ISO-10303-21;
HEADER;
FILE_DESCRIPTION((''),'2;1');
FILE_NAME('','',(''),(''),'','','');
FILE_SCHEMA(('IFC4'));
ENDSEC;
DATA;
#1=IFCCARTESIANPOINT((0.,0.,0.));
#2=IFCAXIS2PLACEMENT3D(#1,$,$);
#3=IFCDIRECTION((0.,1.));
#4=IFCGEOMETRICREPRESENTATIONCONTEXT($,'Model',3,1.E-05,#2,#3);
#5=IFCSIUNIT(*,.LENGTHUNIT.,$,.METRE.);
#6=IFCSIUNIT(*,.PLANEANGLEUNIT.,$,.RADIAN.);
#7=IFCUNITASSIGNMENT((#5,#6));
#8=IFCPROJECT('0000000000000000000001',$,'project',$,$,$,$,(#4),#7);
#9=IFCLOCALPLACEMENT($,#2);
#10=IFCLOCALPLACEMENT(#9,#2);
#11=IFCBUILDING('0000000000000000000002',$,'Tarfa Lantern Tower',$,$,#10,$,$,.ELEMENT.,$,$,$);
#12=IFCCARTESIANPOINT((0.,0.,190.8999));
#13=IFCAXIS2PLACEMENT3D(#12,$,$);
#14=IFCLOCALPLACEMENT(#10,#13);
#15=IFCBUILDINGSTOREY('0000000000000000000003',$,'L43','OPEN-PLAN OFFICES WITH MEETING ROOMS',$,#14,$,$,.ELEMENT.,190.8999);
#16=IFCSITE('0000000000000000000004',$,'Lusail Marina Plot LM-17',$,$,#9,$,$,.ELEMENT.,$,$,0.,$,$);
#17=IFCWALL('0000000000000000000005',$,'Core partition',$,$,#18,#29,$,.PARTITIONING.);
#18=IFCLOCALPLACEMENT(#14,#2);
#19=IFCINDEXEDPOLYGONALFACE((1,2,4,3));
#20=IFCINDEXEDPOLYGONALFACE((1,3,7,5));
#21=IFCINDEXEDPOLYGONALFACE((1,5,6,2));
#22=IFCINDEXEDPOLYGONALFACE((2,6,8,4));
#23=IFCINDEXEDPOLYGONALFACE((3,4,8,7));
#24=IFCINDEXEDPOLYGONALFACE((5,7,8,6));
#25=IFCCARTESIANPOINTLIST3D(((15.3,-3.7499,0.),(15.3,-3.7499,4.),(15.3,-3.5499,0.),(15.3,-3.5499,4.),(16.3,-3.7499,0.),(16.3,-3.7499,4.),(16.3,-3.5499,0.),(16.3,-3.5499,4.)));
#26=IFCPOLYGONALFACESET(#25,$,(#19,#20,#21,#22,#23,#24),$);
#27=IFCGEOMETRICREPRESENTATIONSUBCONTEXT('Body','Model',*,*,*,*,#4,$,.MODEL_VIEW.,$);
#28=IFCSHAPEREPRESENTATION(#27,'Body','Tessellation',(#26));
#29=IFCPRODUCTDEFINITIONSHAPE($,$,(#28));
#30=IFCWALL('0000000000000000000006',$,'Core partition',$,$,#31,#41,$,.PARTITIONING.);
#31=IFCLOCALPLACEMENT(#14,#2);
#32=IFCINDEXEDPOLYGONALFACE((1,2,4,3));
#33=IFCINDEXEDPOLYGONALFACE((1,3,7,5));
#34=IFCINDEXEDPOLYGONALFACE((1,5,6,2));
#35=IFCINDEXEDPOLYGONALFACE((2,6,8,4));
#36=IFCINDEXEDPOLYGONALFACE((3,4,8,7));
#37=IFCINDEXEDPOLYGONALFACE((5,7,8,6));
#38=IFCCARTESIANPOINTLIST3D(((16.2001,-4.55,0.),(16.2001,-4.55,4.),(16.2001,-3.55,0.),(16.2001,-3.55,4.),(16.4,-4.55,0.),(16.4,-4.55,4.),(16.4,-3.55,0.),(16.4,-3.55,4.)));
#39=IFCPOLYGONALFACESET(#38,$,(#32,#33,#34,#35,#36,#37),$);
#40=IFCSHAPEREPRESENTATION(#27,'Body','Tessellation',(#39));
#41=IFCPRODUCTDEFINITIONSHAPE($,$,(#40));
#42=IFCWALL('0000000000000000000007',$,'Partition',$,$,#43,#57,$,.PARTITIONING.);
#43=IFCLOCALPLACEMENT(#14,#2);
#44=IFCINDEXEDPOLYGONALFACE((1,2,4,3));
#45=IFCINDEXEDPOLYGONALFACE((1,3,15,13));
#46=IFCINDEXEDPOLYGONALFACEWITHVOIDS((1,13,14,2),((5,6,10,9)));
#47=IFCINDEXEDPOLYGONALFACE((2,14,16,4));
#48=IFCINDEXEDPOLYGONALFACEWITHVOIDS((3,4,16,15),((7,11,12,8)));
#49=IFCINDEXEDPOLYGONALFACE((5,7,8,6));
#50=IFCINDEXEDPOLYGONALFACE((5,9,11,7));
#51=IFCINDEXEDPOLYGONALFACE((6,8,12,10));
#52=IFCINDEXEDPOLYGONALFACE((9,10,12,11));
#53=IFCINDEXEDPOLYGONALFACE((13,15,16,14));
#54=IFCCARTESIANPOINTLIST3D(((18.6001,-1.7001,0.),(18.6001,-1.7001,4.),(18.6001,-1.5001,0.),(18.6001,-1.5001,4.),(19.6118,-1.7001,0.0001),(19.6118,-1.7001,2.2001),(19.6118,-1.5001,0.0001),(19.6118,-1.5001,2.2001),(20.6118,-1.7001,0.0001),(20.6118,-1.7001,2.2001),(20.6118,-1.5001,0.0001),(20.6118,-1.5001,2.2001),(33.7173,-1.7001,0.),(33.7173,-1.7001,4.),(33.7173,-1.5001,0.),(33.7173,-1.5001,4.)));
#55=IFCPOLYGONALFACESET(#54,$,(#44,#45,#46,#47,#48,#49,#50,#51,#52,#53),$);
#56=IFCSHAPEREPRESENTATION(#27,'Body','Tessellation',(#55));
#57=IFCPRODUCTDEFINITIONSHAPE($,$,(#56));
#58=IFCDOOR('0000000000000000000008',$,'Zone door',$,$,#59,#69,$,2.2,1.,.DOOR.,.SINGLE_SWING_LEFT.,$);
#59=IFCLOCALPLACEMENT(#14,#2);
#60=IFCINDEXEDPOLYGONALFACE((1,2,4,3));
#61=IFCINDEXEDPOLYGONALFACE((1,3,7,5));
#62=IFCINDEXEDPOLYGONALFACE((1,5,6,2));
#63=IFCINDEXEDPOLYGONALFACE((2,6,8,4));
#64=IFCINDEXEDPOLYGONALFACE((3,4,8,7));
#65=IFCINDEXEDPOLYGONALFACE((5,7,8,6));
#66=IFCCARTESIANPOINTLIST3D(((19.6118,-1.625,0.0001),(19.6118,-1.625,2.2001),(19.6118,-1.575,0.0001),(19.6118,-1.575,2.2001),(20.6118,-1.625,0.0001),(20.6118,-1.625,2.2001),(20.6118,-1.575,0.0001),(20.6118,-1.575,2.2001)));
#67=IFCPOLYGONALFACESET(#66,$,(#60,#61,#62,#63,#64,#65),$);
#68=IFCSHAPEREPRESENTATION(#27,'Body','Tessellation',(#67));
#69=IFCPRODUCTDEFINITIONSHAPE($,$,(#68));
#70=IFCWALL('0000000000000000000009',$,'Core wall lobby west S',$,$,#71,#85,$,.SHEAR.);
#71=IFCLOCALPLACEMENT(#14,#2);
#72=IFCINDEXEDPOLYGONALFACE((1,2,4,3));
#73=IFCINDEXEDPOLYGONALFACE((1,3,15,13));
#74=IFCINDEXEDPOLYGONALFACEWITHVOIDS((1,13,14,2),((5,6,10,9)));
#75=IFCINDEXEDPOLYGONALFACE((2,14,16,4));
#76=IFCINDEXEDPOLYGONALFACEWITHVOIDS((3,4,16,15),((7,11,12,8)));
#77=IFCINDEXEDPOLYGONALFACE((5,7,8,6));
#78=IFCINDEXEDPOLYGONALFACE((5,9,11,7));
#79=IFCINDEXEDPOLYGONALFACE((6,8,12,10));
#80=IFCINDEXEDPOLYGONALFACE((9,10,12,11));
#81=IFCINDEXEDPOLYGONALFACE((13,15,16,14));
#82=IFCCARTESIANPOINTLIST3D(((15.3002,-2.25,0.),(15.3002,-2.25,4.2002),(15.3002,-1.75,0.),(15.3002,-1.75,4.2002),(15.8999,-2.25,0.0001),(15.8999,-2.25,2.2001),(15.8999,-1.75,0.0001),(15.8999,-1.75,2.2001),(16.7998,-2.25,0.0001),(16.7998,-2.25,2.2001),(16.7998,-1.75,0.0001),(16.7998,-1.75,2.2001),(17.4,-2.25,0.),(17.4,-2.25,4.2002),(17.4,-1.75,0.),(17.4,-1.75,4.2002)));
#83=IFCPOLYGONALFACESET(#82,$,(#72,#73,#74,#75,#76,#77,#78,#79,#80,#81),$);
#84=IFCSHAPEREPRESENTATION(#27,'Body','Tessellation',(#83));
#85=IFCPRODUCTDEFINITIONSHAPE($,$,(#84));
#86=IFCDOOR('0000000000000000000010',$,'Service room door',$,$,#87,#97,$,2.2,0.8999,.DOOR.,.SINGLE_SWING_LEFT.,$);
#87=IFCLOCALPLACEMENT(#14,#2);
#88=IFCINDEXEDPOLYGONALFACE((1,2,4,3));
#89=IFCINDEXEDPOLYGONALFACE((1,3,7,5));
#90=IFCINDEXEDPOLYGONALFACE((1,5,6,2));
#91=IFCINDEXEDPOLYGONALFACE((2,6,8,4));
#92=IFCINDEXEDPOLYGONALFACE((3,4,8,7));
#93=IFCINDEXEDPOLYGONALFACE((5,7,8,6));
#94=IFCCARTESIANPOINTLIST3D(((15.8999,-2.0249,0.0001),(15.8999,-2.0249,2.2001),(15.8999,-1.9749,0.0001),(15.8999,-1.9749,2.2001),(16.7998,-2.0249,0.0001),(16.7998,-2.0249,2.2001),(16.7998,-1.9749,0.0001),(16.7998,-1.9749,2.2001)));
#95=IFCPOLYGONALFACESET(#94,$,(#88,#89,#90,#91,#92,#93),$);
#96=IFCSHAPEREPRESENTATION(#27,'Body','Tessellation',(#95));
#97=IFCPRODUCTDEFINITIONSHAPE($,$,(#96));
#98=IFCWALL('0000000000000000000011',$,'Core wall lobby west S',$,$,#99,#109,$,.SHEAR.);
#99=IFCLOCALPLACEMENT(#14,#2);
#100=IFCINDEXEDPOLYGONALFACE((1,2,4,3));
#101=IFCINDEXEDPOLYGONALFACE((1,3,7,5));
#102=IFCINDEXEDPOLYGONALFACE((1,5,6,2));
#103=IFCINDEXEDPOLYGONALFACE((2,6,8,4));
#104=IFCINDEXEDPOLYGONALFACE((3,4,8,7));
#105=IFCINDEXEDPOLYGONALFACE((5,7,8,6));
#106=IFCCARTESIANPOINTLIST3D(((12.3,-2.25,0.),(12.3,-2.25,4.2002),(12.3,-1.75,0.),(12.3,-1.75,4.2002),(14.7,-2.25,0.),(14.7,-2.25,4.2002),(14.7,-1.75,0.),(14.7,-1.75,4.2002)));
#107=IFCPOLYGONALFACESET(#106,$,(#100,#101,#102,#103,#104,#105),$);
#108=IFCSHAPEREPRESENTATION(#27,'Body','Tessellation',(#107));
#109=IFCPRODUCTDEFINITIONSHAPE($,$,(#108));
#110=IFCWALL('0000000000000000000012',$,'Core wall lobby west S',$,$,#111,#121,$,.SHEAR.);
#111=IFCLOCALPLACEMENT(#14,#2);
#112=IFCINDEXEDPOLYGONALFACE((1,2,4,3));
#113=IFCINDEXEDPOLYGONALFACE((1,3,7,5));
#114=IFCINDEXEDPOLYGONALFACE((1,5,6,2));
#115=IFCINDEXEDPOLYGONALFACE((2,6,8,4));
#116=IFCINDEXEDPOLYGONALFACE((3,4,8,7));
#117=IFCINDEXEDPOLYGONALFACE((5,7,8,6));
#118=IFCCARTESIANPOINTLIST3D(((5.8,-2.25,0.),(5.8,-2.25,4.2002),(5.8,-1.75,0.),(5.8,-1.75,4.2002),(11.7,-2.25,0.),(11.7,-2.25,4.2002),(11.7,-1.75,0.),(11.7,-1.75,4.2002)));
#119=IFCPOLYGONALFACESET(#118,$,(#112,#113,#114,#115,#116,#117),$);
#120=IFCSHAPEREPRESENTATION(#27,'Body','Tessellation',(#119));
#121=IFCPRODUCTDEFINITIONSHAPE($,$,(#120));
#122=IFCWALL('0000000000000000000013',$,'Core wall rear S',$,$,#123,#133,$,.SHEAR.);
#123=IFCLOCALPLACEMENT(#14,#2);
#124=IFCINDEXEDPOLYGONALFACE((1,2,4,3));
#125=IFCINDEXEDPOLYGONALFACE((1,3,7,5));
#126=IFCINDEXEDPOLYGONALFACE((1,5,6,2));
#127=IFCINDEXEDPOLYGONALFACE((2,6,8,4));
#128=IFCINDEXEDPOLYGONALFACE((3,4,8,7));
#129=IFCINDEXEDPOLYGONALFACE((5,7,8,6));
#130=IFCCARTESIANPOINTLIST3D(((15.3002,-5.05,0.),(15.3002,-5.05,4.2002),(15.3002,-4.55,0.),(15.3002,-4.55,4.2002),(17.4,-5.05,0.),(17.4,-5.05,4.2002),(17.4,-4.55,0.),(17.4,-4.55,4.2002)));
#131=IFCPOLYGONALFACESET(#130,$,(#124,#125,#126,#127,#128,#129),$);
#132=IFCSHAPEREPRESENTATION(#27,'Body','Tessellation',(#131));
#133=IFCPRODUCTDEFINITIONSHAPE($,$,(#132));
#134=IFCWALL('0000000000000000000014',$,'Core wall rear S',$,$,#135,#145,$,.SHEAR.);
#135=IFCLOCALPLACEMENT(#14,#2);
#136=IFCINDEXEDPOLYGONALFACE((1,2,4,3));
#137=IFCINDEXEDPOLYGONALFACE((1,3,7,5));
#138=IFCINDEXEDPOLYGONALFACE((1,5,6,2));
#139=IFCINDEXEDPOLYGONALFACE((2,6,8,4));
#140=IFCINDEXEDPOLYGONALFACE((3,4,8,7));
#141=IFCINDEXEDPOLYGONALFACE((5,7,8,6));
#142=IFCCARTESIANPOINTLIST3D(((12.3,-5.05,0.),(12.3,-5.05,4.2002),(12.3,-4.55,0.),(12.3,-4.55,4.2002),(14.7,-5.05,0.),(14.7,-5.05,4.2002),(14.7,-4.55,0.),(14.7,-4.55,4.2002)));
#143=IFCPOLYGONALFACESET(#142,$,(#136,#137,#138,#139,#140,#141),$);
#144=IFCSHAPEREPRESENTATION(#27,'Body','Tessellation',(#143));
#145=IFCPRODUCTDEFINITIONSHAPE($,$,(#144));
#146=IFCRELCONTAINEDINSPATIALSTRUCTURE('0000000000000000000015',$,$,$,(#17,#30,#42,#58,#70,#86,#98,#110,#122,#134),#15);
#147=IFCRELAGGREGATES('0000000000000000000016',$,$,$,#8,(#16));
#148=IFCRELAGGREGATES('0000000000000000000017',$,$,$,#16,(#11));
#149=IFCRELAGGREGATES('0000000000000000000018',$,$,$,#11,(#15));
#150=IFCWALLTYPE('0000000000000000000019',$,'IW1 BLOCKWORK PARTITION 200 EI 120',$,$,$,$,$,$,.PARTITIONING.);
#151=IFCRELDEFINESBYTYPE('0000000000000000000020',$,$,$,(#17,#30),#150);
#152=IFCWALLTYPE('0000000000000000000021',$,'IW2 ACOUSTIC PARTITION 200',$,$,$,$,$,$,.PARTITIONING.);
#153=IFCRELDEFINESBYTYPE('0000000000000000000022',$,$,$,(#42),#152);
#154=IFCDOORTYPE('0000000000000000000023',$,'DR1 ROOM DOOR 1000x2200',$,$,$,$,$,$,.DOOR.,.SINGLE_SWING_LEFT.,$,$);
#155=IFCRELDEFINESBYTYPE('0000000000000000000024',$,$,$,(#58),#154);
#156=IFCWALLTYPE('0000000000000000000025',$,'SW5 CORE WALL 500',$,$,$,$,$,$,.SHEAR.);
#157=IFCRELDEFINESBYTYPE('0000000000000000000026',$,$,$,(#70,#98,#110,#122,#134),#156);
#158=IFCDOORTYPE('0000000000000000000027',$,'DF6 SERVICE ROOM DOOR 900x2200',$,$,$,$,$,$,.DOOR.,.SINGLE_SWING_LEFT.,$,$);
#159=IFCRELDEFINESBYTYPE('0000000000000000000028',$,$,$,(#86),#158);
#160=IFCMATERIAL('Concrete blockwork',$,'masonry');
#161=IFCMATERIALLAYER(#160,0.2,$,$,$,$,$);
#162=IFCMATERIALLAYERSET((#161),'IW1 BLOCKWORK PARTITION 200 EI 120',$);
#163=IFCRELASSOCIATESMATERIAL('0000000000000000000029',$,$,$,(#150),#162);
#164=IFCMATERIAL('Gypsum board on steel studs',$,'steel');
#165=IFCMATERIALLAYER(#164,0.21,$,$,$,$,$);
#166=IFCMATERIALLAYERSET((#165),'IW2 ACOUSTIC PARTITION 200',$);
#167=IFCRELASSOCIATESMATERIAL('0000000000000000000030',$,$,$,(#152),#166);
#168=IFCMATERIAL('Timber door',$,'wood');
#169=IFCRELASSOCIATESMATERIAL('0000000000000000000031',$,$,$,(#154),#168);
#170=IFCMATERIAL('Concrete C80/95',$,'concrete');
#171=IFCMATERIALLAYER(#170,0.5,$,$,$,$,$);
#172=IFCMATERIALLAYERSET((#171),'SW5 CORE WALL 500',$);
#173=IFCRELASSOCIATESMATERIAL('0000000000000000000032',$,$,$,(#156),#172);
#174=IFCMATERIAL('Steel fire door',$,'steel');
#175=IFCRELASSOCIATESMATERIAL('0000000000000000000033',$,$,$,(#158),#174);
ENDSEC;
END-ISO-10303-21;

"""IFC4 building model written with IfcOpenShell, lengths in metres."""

from ifc_helpers import new_model, si_unit, direction, frame, frame_2d, origin, place, context, subcontext, project, spatial, rectangle, extrude, material, layer, layer_set, type_object, element, fill, save


model = new_model("IFC4")

# Units and contexts
model_context = context("Model", 3, precision=1e-05, world=origin(), true_north=direction((0.0, 1.0)))
body_context = subcontext(model_context, "Body", "Model", "MODEL_VIEW")
ifc_project = project(units=[si_unit("LENGTHUNIT", "METRE"), si_unit("PLANEANGLEUNIT", "RADIAN")], contexts=[model_context])

# Site, building, storey
site_placement = place(None, origin())
site = spatial("IfcSite", under=ifc_project, at=site_placement, Name="Lusail Marina Plot LM-17", CompositionType="ELEMENT", RefElevation=0.0)
building_placement = place(site_placement, origin())
building = spatial("IfcBuilding", under=site, at=building_placement, Name="Tarfa Lantern Tower", CompositionType="ELEMENT")
storey_placement = place(building_placement, frame((0.0, 0.0, 190.8999)))
storey = spatial("IfcBuildingStorey", under=building, at=storey_placement, Name="L43", Description="OPEN-PLAN OFFICES WITH MEETING ROOMS", CompositionType="ELEMENT", Elevation=190.8999)

# Walls
ifc_material_1 = material(Name="Concrete blockwork", Category="masonry")
ifc_layer_1 = layer(ifc_material_1, 0.2)
ifc_layer_set_1 = layer_set([ifc_layer_1], Name="IW1 BLOCKWORK PARTITION 200 EI 120")
wall_type_1 = type_object("IfcWallType", Name="IW1 BLOCKWORK PARTITION 200 EI 120", PredefinedType="PARTITIONING", material=ifc_layer_set_1)
for number, where, z_axis, x_axis, name in (
    (1, (16.3, -3.6499, 0.0), (0.0, 0.0, 1.0), (-1.0, 0.0, 0.0), "Core partition"),
    (2, (16.3, -3.55, 0.0), (0.0, 0.0, 1.0), (0.0, -1.0, 0.0), "Core partition"),
):
    element("IfcWall", number, at=place(storey_placement, frame(where, z_axis=z_axis, x_axis=x_axis)), inside=storey, type_object=wall_type_1, Name=name, PredefinedType="PARTITIONING", context=body_context, shape_type="SweptSolid", body=[
        extrude(rectangle(XDim=1.0, YDim=0.2, at=frame_2d((0.5, 0.0))), origin(), (0.0, 0.0, 1.0), 4.0),
    ])

# Walls, openings, doors
ifc_material_2 = material(Name="Gypsum board on steel studs", Category="steel")
ifc_layer_2 = layer(ifc_material_2, 0.21)
ifc_layer_set_2 = layer_set([ifc_layer_2], Name="IW2 ACOUSTIC PARTITION 200")
wall_type_2 = type_object("IfcWallType", Name="IW2 ACOUSTIC PARTITION 200", PredefinedType="PARTITIONING", material=ifc_layer_set_2)
wall_1_placement = place(storey_placement, frame((18.6001, -1.6001, 0.0), z_axis=(0.0, 0.0, 1.0), x_axis=(1.0, 0.0, 0.0)))
wall_1 = element("IfcWall", 3, at=wall_1_placement, inside=storey, type_object=wall_type_2, Name="Partition", PredefinedType="PARTITIONING", context=body_context, shape_type="SweptSolid", body=[
    extrude(rectangle(XDim=15.1172, YDim=0.2, at=frame_2d((7.5586, 0.0))), origin(), (0.0, 0.0, 1.0), 4.0),
])
opening_1_placement = place(wall_1_placement, frame((1.0117, 0.0, 0.0)))
opening_1 = element("IfcOpeningElement", 4, at=opening_1_placement, cuts=wall_1, PredefinedType="OPENING", context=body_context, shape_type="SweptSolid", body=[
    extrude(rectangle(XDim=1.0, YDim=2.2, at=frame_2d((0.5, 1.1001))), frame((0.0, 0.1099, 0.0), z_axis=(0.0, -1.0, 0.0), x_axis=(1.0, 0.0, 0.0)), (0.0, 0.0, 1.0), 0.22),
])
ifc_material_3 = material(Name="Timber door", Category="wood")
door_type_1 = type_object("IfcDoorType", Name="DR1 ROOM DOOR 1000x2200", OperationType="SINGLE_SWING_LEFT", PredefinedType="DOOR", material=ifc_material_3)
door_1_placement = place(opening_1_placement, frame((1.0, 0.0, 0.0), z_axis=(0.0, 0.0, 1.0), x_axis=(-1.0, 0.0, 0.0)))
door_1 = element("IfcDoor", 5, at=door_1_placement, inside=storey, type_object=door_type_1, Name="Zone door", OperationType="SINGLE_SWING_LEFT", OverallHeight=2.2, OverallWidth=1.0, PredefinedType="DOOR", context=body_context, shape_type="SweptSolid", body=[
    extrude(rectangle(XDim=1.0, YDim=2.2, at=frame_2d((0.5, 1.1001))), frame((0.0, 0.0249, 0.0), z_axis=(0.0, -1.0, 0.0), x_axis=(1.0, 0.0, 0.0)), (0.0, 0.0, 1.0), 0.05),
])
fill(opening_1, door_1)
ifc_material_4 = material(Name="Concrete C80/95", Category="concrete")
ifc_material_5 = material(Name="Steel fire door", Category="steel")
ifc_layer_3 = layer(ifc_material_4, 0.5)
ifc_layer_set_3 = layer_set([ifc_layer_3], Name="SW5 CORE WALL 500")
wall_type_3 = type_object("IfcWallType", Name="SW5 CORE WALL 500", PredefinedType="SHEAR", material=ifc_layer_set_3)
wall_2_placement = place(storey_placement, frame((17.3999, -2.0, 0.0), z_axis=(0.0, 0.0, 1.0), x_axis=(-1.0, 0.0, 0.0)))
wall_2 = element("IfcWall", 6, at=wall_2_placement, inside=storey, type_object=wall_type_3, Name="Core wall lobby west S", PredefinedType="SHEAR", context=body_context, shape_type="SweptSolid", body=[
    extrude(rectangle(XDim=2.0999, YDim=0.5, at=frame_2d((1.0498, 0.0))), origin(), (0.0, 0.0, 1.0), 4.2002),
])
opening_2_placement = place(wall_2_placement, frame((0.6001, 0.0, 0.0)))
opening_2 = element("IfcOpeningElement", 7, at=opening_2_placement, cuts=wall_2, PredefinedType="OPENING", context=body_context, shape_type="SweptSolid", body=[
    extrude(rectangle(XDim=0.8999, YDim=2.2, at=frame_2d((0.45, 1.1001))), frame((0.0, 0.26, 0.0), z_axis=(0.0, -1.0, 0.0), x_axis=(1.0, 0.0, 0.0)), (0.0, 0.0, 1.0), 0.52),
])
door_type_2 = type_object("IfcDoorType", Name="DF6 SERVICE ROOM DOOR 900x2200", OperationType="SINGLE_SWING_LEFT", PredefinedType="DOOR", material=ifc_material_5)
door_2_placement = place(opening_2_placement, origin())
door_2 = element("IfcDoor", 8, at=door_2_placement, inside=storey, type_object=door_type_2, Name="Service room door", OperationType="SINGLE_SWING_LEFT", OverallHeight=2.2, OverallWidth=0.8999, PredefinedType="DOOR", context=body_context, shape_type="SweptSolid", body=[
    extrude(rectangle(XDim=0.8999, YDim=2.2, at=frame_2d((0.45, 1.1001))), frame((0.0, 0.0249, 0.0), z_axis=(0.0, -1.0, 0.0), x_axis=(1.0, 0.0, 0.0)), (0.0, 0.0, 1.0), 0.05),
])
fill(opening_2, door_2)

# Walls
wall_3_placement = place(storey_placement, frame((14.7, -2.0, 0.0), z_axis=(0.0, 0.0, 1.0), x_axis=(-1.0, 0.0, 0.0)))
element("IfcWall", 9, at=wall_3_placement, inside=storey, type_object=wall_type_3, Name="Core wall lobby west S", PredefinedType="SHEAR", context=body_context, shape_type="SweptSolid", body=[
    extrude(rectangle(XDim=2.3999, YDim=0.5, at=frame_2d((1.2, 0.0))), origin(), (0.0, 0.0, 1.0), 4.2002),
])
wall_4_placement = place(storey_placement, frame((11.7, -2.0, 0.0), z_axis=(0.0, 0.0, 1.0), x_axis=(-1.0, 0.0, 0.0)))
element("IfcWall", 10, at=wall_4_placement, inside=storey, type_object=wall_type_3, Name="Core wall lobby west S", PredefinedType="SHEAR", context=body_context, shape_type="SweptSolid", body=[
    extrude(rectangle(XDim=5.8999, YDim=0.5, at=frame_2d((2.95, 0.0))), origin(), (0.0, 0.0, 1.0), 4.2002),
])
wall_5_placement = place(storey_placement, frame((17.3999, -4.8, 0.0), z_axis=(0.0, 0.0, 1.0), x_axis=(-1.0, 0.0, 0.0)))
element("IfcWall", 11, at=wall_5_placement, inside=storey, type_object=wall_type_3, Name="Core wall rear S", PredefinedType="SHEAR", context=body_context, shape_type="SweptSolid", body=[
    extrude(rectangle(XDim=2.0999, YDim=0.5, at=frame_2d((1.0498, 0.0))), origin(), (0.0, 0.0, 1.0), 4.2002),
])
wall_6_placement = place(storey_placement, frame((14.7, -4.8, 0.0), z_axis=(0.0, 0.0, 1.0), x_axis=(-1.0, 0.0, 0.0)))
element("IfcWall", 12, at=wall_6_placement, inside=storey, type_object=wall_type_3, Name="Core wall rear S", PredefinedType="SHEAR", context=body_context, shape_type="SweptSolid", body=[
    extrude(rectangle(XDim=2.3999, YDim=0.5, at=frame_2d((1.2, 0.0))), origin(), (0.0, 0.0, 1.0), 4.2002),
])

save(model, "model.ifc")
